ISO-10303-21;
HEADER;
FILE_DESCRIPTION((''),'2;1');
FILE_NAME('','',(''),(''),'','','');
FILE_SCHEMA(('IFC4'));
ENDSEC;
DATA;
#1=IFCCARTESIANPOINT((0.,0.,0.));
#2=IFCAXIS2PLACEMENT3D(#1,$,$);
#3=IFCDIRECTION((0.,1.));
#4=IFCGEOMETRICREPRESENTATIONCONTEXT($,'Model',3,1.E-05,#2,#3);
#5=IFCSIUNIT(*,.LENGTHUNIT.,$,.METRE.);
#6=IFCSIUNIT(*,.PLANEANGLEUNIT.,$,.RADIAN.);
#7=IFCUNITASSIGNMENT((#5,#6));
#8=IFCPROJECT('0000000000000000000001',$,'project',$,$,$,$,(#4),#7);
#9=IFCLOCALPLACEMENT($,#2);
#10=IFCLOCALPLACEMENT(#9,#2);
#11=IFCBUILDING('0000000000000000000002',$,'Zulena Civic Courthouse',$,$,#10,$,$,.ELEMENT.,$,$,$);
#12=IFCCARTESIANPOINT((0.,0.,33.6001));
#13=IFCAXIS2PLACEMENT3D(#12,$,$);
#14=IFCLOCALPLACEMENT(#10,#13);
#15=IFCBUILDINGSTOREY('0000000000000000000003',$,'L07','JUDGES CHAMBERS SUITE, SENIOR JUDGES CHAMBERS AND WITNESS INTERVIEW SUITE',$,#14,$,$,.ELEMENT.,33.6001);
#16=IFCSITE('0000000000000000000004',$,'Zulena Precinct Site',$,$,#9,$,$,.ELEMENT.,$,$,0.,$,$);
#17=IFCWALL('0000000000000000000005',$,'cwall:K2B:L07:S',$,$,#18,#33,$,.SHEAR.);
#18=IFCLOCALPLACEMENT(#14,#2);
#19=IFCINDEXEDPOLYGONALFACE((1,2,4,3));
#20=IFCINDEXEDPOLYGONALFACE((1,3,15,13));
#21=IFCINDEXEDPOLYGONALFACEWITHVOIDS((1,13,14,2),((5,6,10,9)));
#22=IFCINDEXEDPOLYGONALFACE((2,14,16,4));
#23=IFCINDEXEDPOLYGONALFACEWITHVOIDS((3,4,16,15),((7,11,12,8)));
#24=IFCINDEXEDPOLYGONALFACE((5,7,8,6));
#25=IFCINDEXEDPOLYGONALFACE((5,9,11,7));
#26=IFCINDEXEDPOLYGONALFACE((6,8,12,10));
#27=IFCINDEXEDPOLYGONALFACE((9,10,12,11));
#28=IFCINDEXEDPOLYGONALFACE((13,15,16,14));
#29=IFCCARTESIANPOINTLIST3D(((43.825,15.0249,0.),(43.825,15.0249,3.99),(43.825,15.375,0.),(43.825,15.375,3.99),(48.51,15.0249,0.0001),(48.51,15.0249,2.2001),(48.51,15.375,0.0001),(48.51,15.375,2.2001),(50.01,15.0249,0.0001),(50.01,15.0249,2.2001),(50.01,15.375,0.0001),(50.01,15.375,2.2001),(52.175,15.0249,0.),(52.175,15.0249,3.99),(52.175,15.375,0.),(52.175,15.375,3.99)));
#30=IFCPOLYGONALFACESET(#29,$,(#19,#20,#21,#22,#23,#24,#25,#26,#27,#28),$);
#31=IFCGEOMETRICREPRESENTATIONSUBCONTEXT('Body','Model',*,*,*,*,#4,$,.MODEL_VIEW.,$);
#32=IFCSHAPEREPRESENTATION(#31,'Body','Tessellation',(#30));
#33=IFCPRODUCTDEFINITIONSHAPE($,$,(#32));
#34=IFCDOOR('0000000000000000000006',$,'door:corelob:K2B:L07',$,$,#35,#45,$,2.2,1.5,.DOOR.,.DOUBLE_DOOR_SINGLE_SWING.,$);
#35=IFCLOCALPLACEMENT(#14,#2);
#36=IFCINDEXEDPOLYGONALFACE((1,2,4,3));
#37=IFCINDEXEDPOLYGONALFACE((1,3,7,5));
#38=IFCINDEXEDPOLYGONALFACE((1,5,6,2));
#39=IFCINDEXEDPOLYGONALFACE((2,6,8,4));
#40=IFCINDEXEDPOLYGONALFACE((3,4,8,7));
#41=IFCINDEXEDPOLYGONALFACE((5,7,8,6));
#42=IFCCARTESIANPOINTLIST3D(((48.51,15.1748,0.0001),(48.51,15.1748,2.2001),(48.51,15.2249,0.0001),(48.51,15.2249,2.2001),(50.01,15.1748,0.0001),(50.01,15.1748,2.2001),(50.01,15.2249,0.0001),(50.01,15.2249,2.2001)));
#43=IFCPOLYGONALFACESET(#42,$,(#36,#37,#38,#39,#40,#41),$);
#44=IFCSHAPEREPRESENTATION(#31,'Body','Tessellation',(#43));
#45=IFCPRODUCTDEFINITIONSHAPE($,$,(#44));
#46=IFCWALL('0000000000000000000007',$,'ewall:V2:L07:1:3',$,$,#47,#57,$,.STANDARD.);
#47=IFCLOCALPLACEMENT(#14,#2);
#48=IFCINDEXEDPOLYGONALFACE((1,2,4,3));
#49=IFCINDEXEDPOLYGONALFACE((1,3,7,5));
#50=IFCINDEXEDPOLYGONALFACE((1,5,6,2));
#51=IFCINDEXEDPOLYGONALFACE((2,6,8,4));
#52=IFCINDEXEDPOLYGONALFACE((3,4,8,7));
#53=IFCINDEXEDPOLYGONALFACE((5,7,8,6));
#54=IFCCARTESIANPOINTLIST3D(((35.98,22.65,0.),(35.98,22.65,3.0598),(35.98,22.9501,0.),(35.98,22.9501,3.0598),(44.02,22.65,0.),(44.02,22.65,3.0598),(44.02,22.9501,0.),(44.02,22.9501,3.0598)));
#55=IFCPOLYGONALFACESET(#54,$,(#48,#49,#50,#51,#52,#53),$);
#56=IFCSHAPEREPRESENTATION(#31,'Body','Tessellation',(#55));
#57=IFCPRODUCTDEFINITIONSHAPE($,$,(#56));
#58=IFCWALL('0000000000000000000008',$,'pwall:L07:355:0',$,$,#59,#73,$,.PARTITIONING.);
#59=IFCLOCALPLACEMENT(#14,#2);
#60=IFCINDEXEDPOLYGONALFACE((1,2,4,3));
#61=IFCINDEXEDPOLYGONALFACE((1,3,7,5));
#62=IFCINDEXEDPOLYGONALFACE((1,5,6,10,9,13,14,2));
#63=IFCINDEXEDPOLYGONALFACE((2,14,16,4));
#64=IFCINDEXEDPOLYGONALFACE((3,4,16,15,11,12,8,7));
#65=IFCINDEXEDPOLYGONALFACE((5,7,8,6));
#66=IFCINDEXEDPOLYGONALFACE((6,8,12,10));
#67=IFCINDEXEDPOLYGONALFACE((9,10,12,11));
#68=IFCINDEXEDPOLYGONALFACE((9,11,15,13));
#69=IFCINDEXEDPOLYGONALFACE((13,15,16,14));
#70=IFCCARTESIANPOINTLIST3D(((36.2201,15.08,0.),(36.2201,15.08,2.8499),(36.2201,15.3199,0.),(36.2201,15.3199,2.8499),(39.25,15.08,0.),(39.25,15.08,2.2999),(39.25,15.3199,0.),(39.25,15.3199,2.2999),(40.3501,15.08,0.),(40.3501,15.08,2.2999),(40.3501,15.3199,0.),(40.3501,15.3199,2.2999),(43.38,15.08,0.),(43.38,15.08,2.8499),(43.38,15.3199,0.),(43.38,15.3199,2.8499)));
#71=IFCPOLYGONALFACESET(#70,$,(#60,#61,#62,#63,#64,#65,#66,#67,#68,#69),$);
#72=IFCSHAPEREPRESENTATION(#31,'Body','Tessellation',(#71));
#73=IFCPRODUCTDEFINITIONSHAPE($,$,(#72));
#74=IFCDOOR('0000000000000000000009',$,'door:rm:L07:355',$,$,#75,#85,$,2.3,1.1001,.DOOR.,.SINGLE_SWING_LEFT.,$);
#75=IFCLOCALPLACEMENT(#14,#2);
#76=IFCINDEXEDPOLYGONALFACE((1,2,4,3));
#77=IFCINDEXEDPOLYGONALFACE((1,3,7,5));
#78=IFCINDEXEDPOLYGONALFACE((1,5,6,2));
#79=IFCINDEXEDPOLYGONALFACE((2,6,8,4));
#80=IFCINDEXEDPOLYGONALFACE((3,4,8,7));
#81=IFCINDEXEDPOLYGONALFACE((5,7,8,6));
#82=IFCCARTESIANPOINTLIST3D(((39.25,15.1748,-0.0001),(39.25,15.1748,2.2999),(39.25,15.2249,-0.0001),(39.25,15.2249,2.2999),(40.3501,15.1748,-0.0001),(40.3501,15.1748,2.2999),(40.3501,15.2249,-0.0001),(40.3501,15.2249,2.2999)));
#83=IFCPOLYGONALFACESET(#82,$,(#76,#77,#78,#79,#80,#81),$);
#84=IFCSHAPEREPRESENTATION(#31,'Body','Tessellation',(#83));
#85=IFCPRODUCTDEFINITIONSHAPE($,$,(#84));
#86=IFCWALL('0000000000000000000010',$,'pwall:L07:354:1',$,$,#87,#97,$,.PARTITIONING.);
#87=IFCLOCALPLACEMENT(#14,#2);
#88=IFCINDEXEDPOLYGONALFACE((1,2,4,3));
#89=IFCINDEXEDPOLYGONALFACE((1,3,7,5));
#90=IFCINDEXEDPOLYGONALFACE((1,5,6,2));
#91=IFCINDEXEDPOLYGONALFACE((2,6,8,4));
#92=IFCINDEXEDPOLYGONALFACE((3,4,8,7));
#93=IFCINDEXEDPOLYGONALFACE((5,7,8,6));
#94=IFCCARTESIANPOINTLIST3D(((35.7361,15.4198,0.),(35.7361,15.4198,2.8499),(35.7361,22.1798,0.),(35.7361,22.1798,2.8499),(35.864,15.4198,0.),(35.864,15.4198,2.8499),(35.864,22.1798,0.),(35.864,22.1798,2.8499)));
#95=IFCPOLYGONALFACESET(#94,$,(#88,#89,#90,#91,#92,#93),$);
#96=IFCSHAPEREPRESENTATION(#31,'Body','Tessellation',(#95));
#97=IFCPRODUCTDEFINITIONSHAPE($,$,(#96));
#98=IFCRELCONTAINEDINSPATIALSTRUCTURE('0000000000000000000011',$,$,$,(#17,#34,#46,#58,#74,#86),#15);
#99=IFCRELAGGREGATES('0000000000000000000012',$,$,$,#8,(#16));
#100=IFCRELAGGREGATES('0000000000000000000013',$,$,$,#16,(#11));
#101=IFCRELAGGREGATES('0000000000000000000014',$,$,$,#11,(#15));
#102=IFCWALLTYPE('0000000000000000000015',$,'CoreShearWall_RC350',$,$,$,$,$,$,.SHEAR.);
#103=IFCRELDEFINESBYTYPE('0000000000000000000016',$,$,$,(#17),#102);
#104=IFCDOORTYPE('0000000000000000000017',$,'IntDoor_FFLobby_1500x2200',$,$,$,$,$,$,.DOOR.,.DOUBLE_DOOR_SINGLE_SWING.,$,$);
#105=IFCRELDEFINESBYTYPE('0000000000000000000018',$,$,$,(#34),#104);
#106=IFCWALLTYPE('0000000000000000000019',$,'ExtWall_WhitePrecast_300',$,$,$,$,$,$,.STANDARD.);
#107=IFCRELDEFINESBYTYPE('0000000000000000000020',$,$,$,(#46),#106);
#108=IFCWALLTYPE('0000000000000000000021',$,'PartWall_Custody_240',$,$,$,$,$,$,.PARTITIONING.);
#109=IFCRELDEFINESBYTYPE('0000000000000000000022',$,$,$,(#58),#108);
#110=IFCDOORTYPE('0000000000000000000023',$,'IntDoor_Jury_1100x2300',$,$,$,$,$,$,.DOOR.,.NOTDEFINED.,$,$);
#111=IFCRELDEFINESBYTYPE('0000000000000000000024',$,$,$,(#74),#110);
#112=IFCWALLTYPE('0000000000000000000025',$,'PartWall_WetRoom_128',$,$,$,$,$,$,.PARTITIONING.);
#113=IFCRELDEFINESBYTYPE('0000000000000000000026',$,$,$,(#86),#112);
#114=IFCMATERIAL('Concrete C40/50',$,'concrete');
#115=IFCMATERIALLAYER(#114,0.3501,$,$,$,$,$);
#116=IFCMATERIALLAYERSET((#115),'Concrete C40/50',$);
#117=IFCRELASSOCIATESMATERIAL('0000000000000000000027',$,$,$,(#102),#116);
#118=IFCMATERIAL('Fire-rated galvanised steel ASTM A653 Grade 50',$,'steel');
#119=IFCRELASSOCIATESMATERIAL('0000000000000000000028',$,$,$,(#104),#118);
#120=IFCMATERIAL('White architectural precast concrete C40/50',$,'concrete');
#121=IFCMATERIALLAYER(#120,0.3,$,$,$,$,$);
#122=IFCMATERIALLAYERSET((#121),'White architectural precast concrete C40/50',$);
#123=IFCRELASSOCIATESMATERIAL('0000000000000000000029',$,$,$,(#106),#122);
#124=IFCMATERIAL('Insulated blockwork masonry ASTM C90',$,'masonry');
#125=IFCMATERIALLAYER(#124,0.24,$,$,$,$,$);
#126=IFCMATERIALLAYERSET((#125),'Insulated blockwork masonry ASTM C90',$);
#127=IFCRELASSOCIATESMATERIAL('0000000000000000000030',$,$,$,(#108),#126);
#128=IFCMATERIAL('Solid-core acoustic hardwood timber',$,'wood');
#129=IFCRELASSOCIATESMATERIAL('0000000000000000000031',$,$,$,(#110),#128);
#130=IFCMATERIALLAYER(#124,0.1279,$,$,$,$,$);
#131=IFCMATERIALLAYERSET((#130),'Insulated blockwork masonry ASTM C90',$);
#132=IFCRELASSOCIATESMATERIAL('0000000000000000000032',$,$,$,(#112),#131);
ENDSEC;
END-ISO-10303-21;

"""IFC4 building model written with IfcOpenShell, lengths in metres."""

from ifc_helpers import new_model, si_unit, direction, frame, frame_2d, origin, place, context, subcontext, project, spatial, rectangle, extrude, material, layer, layer_set, type_object, element, fill, save


model = new_model("IFC4")

# Units and contexts
model_context = context("Model", 3, precision=1e-05, world=origin(), true_north=direction((0.0, 1.0)))
body_context = subcontext(model_context, "Body", "Model", "MODEL_VIEW")
ifc_project = project(units=[si_unit("LENGTHUNIT", "METRE"), si_unit("PLANEANGLEUNIT", "RADIAN")], contexts=[model_context])

# Site, building, storey
site_placement = place(None, origin())
site = spatial("IfcSite", under=ifc_project, at=site_placement, Name="Zulena Precinct Site", CompositionType="ELEMENT", RefElevation=0.0)
building_placement = place(site_placement, origin())
building = spatial("IfcBuilding", under=site, at=building_placement, Name="Zulena Civic Courthouse", CompositionType="ELEMENT")
storey_placement = place(building_placement, frame((0.0, 0.0, 33.6001)))
storey = spatial("IfcBuildingStorey", under=building, at=storey_placement, Name="L07", Description="JUDGES CHAMBERS SUITE, SENIOR JUDGES CHAMBERS AND WITNESS INTERVIEW SUITE", CompositionType="ELEMENT", Elevation=33.6001)

# Wall, opening, door
ifc_material_1 = material(Name="Concrete C40/50", Category="concrete")
ifc_layer_1 = layer(ifc_material_1, 0.3501)
ifc_layer_set_1 = layer_set([ifc_layer_1], Name="Concrete C40/50")
wall_type_1 = type_object("IfcWallType", Name="CoreShearWall_RC350", PredefinedType="SHEAR", material=ifc_layer_set_1)
wall_1_placement = place(storey_placement, frame((43.825, 15.2, 0.0), z_axis=(0.0, 0.0, 1.0), x_axis=(1.0, 0.0, 0.0)))
wall_1 = element("IfcWall", 1, at=wall_1_placement, inside=storey, type_object=wall_type_1, Name="cwall:K2B:L07:S", PredefinedType="SHEAR", context=body_context, shape_type="SweptSolid", body=[
    extrude(rectangle(XDim=8.3501, YDim=0.3501, at=frame_2d((4.175, 0.0))), origin(), (0.0, 0.0, 1.0), 3.99),
])
opening_1_placement = place(wall_1_placement, frame((4.6851, 0.0, 0.0)))
opening_1 = element("IfcOpeningElement", 2, at=opening_1_placement, cuts=wall_1, PredefinedType="OPENING", context=body_context, shape_type="SweptSolid", body=[
    extrude(rectangle(XDim=1.5, YDim=2.2, at=frame_2d((0.75, 1.1001))), frame((0.0, 0.1851, 0.0), z_axis=(0.0, -1.0, 0.0), x_axis=(1.0, 0.0, 0.0)), (0.0, 0.0, 1.0), 0.3701),
])
ifc_material_2 = material(Name="Fire-rated galvanised steel ASTM A653 Grade 50", Category="steel")
door_type_1 = type_object("IfcDoorType", Name="IntDoor_FFLobby_1500x2200", OperationType="DOUBLE_DOOR_SINGLE_SWING", PredefinedType="DOOR", material=ifc_material_2)
door_1_placement = place(opening_1_placement, origin())
door_1 = element("IfcDoor", 3, at=door_1_placement, inside=storey, type_object=door_type_1, Name="door:corelob:K2B:L07", OperationType="DOUBLE_DOOR_SINGLE_SWING", OverallHeight=2.2, OverallWidth=1.5, PredefinedType="DOOR", context=body_context, shape_type="SweptSolid", body=[
    extrude(rectangle(XDim=1.5, YDim=2.2, at=frame_2d((0.75, 1.1001))), frame((0.0, 0.0249, 0.0), z_axis=(0.0, -1.0, 0.0), x_axis=(1.0, 0.0, 0.0)), (0.0, 0.0, 1.0), 0.05),
])
fill(opening_1, door_1)

# Wall
ifc_material_3 = material(Name="White architectural precast concrete C40/50", Category="concrete")
ifc_layer_2 = layer(ifc_material_3, 0.3)
ifc_layer_set_2 = layer_set([ifc_layer_2], Name="White architectural precast concrete C40/50")
wall_type_2 = type_object("IfcWallType", Name="ExtWall_WhitePrecast_300", PredefinedType="STANDARD", material=ifc_layer_set_2)
wall_2_placement = place(storey_placement, frame((35.98, 22.8, 0.0), z_axis=(0.0, 0.0, 1.0), x_axis=(1.0, 0.0, 0.0)))
element("IfcWall", 4, at=wall_2_placement, inside=storey, type_object=wall_type_2, Name="ewall:V2:L07:1:3", PredefinedType="STANDARD", context=body_context, shape_type="SweptSolid", body=[
    extrude(rectangle(XDim=8.04, YDim=0.3, at=frame_2d((4.02, 0.0))), origin(), (0.0, 0.0, 1.0), 3.0598),
])

# Wall, opening, door
ifc_material_4 = material(Name="Insulated blockwork masonry ASTM C90", Category="masonry")
ifc_layer_3 = layer(ifc_material_4, 0.24)
ifc_layer_set_3 = layer_set([ifc_layer_3], Name="Insulated blockwork masonry ASTM C90")
wall_type_3 = type_object("IfcWallType", Name="PartWall_Custody_240", PredefinedType="PARTITIONING", material=ifc_layer_set_3)
wall_3_placement = place(storey_placement, frame((36.22, 15.2, 0.0), z_axis=(0.0, 0.0, 1.0), x_axis=(1.0, 0.0, 0.0)))
wall_3 = element("IfcWall", 5, at=wall_3_placement, inside=storey, type_object=wall_type_3, Name="pwall:L07:355:0", PredefinedType="PARTITIONING", context=body_context, shape_type="SweptSolid", body=[
    extrude(rectangle(XDim=7.1599, YDim=0.24, at=frame_2d((3.5801, 0.0))), origin(), (0.0, 0.0, 1.0), 2.8499),
])
opening_2_placement = place(wall_3_placement, frame((3.03, 0.0, 0.0)))
opening_2 = element("IfcOpeningElement", 6, at=opening_2_placement, cuts=wall_3, PredefinedType="OPENING", context=body_context, shape_type="SweptSolid", body=[
    extrude(rectangle(XDim=1.1001, YDim=2.3, at=frame_2d((0.55, 1.1499))), frame((0.0, 0.1299, 0.0), z_axis=(0.0, -1.0, 0.0), x_axis=(1.0, 0.0, 0.0)), (0.0, 0.0, 1.0), 0.26),
])
ifc_material_5 = material(Name="Solid-core acoustic hardwood timber", Category="wood")
door_type_2 = type_object("IfcDoorType", Name="IntDoor_Jury_1100x2300", OperationType="NOTDEFINED", PredefinedType="DOOR", material=ifc_material_5)
door_2_placement = place(opening_2_placement, origin())
door_2 = element("IfcDoor", 7, at=door_2_placement, inside=storey, type_object=door_type_2, Name="door:rm:L07:355", OperationType="SINGLE_SWING_LEFT", OverallHeight=2.3, OverallWidth=1.1001, PredefinedType="DOOR", context=body_context, shape_type="SweptSolid", body=[
    extrude(rectangle(XDim=1.1001, YDim=2.3, at=frame_2d((0.55, 1.1499))), frame((0.0, 0.0249, 0.0), z_axis=(0.0, -1.0, 0.0), x_axis=(1.0, 0.0, 0.0)), (0.0, 0.0, 1.0), 0.05),
])
fill(opening_2, door_2)

# Wall
ifc_layer_4 = layer(ifc_material_4, 0.1279)
ifc_layer_set_4 = layer_set([ifc_layer_4], Name="Insulated blockwork masonry ASTM C90")
wall_type_4 = type_object("IfcWallType", Name="PartWall_WetRoom_128", PredefinedType="PARTITIONING", material=ifc_layer_set_4)
wall_4_placement = place(storey_placement, frame((35.8, 15.4199, 0.0), z_axis=(0.0, 0.0, 1.0), x_axis=(0.0, 1.0, 0.0)))
element("IfcWall", 8, at=wall_4_placement, inside=storey, type_object=wall_type_4, Name="pwall:L07:354:1", PredefinedType="PARTITIONING", context=body_context, shape_type="SweptSolid", body=[
    extrude(rectangle(XDim=6.76, YDim=0.1279, at=frame_2d((3.3799, 0.0))), origin(), (0.0, 0.0, 1.0), 2.8499),
])

save(model, "model.ifc")
